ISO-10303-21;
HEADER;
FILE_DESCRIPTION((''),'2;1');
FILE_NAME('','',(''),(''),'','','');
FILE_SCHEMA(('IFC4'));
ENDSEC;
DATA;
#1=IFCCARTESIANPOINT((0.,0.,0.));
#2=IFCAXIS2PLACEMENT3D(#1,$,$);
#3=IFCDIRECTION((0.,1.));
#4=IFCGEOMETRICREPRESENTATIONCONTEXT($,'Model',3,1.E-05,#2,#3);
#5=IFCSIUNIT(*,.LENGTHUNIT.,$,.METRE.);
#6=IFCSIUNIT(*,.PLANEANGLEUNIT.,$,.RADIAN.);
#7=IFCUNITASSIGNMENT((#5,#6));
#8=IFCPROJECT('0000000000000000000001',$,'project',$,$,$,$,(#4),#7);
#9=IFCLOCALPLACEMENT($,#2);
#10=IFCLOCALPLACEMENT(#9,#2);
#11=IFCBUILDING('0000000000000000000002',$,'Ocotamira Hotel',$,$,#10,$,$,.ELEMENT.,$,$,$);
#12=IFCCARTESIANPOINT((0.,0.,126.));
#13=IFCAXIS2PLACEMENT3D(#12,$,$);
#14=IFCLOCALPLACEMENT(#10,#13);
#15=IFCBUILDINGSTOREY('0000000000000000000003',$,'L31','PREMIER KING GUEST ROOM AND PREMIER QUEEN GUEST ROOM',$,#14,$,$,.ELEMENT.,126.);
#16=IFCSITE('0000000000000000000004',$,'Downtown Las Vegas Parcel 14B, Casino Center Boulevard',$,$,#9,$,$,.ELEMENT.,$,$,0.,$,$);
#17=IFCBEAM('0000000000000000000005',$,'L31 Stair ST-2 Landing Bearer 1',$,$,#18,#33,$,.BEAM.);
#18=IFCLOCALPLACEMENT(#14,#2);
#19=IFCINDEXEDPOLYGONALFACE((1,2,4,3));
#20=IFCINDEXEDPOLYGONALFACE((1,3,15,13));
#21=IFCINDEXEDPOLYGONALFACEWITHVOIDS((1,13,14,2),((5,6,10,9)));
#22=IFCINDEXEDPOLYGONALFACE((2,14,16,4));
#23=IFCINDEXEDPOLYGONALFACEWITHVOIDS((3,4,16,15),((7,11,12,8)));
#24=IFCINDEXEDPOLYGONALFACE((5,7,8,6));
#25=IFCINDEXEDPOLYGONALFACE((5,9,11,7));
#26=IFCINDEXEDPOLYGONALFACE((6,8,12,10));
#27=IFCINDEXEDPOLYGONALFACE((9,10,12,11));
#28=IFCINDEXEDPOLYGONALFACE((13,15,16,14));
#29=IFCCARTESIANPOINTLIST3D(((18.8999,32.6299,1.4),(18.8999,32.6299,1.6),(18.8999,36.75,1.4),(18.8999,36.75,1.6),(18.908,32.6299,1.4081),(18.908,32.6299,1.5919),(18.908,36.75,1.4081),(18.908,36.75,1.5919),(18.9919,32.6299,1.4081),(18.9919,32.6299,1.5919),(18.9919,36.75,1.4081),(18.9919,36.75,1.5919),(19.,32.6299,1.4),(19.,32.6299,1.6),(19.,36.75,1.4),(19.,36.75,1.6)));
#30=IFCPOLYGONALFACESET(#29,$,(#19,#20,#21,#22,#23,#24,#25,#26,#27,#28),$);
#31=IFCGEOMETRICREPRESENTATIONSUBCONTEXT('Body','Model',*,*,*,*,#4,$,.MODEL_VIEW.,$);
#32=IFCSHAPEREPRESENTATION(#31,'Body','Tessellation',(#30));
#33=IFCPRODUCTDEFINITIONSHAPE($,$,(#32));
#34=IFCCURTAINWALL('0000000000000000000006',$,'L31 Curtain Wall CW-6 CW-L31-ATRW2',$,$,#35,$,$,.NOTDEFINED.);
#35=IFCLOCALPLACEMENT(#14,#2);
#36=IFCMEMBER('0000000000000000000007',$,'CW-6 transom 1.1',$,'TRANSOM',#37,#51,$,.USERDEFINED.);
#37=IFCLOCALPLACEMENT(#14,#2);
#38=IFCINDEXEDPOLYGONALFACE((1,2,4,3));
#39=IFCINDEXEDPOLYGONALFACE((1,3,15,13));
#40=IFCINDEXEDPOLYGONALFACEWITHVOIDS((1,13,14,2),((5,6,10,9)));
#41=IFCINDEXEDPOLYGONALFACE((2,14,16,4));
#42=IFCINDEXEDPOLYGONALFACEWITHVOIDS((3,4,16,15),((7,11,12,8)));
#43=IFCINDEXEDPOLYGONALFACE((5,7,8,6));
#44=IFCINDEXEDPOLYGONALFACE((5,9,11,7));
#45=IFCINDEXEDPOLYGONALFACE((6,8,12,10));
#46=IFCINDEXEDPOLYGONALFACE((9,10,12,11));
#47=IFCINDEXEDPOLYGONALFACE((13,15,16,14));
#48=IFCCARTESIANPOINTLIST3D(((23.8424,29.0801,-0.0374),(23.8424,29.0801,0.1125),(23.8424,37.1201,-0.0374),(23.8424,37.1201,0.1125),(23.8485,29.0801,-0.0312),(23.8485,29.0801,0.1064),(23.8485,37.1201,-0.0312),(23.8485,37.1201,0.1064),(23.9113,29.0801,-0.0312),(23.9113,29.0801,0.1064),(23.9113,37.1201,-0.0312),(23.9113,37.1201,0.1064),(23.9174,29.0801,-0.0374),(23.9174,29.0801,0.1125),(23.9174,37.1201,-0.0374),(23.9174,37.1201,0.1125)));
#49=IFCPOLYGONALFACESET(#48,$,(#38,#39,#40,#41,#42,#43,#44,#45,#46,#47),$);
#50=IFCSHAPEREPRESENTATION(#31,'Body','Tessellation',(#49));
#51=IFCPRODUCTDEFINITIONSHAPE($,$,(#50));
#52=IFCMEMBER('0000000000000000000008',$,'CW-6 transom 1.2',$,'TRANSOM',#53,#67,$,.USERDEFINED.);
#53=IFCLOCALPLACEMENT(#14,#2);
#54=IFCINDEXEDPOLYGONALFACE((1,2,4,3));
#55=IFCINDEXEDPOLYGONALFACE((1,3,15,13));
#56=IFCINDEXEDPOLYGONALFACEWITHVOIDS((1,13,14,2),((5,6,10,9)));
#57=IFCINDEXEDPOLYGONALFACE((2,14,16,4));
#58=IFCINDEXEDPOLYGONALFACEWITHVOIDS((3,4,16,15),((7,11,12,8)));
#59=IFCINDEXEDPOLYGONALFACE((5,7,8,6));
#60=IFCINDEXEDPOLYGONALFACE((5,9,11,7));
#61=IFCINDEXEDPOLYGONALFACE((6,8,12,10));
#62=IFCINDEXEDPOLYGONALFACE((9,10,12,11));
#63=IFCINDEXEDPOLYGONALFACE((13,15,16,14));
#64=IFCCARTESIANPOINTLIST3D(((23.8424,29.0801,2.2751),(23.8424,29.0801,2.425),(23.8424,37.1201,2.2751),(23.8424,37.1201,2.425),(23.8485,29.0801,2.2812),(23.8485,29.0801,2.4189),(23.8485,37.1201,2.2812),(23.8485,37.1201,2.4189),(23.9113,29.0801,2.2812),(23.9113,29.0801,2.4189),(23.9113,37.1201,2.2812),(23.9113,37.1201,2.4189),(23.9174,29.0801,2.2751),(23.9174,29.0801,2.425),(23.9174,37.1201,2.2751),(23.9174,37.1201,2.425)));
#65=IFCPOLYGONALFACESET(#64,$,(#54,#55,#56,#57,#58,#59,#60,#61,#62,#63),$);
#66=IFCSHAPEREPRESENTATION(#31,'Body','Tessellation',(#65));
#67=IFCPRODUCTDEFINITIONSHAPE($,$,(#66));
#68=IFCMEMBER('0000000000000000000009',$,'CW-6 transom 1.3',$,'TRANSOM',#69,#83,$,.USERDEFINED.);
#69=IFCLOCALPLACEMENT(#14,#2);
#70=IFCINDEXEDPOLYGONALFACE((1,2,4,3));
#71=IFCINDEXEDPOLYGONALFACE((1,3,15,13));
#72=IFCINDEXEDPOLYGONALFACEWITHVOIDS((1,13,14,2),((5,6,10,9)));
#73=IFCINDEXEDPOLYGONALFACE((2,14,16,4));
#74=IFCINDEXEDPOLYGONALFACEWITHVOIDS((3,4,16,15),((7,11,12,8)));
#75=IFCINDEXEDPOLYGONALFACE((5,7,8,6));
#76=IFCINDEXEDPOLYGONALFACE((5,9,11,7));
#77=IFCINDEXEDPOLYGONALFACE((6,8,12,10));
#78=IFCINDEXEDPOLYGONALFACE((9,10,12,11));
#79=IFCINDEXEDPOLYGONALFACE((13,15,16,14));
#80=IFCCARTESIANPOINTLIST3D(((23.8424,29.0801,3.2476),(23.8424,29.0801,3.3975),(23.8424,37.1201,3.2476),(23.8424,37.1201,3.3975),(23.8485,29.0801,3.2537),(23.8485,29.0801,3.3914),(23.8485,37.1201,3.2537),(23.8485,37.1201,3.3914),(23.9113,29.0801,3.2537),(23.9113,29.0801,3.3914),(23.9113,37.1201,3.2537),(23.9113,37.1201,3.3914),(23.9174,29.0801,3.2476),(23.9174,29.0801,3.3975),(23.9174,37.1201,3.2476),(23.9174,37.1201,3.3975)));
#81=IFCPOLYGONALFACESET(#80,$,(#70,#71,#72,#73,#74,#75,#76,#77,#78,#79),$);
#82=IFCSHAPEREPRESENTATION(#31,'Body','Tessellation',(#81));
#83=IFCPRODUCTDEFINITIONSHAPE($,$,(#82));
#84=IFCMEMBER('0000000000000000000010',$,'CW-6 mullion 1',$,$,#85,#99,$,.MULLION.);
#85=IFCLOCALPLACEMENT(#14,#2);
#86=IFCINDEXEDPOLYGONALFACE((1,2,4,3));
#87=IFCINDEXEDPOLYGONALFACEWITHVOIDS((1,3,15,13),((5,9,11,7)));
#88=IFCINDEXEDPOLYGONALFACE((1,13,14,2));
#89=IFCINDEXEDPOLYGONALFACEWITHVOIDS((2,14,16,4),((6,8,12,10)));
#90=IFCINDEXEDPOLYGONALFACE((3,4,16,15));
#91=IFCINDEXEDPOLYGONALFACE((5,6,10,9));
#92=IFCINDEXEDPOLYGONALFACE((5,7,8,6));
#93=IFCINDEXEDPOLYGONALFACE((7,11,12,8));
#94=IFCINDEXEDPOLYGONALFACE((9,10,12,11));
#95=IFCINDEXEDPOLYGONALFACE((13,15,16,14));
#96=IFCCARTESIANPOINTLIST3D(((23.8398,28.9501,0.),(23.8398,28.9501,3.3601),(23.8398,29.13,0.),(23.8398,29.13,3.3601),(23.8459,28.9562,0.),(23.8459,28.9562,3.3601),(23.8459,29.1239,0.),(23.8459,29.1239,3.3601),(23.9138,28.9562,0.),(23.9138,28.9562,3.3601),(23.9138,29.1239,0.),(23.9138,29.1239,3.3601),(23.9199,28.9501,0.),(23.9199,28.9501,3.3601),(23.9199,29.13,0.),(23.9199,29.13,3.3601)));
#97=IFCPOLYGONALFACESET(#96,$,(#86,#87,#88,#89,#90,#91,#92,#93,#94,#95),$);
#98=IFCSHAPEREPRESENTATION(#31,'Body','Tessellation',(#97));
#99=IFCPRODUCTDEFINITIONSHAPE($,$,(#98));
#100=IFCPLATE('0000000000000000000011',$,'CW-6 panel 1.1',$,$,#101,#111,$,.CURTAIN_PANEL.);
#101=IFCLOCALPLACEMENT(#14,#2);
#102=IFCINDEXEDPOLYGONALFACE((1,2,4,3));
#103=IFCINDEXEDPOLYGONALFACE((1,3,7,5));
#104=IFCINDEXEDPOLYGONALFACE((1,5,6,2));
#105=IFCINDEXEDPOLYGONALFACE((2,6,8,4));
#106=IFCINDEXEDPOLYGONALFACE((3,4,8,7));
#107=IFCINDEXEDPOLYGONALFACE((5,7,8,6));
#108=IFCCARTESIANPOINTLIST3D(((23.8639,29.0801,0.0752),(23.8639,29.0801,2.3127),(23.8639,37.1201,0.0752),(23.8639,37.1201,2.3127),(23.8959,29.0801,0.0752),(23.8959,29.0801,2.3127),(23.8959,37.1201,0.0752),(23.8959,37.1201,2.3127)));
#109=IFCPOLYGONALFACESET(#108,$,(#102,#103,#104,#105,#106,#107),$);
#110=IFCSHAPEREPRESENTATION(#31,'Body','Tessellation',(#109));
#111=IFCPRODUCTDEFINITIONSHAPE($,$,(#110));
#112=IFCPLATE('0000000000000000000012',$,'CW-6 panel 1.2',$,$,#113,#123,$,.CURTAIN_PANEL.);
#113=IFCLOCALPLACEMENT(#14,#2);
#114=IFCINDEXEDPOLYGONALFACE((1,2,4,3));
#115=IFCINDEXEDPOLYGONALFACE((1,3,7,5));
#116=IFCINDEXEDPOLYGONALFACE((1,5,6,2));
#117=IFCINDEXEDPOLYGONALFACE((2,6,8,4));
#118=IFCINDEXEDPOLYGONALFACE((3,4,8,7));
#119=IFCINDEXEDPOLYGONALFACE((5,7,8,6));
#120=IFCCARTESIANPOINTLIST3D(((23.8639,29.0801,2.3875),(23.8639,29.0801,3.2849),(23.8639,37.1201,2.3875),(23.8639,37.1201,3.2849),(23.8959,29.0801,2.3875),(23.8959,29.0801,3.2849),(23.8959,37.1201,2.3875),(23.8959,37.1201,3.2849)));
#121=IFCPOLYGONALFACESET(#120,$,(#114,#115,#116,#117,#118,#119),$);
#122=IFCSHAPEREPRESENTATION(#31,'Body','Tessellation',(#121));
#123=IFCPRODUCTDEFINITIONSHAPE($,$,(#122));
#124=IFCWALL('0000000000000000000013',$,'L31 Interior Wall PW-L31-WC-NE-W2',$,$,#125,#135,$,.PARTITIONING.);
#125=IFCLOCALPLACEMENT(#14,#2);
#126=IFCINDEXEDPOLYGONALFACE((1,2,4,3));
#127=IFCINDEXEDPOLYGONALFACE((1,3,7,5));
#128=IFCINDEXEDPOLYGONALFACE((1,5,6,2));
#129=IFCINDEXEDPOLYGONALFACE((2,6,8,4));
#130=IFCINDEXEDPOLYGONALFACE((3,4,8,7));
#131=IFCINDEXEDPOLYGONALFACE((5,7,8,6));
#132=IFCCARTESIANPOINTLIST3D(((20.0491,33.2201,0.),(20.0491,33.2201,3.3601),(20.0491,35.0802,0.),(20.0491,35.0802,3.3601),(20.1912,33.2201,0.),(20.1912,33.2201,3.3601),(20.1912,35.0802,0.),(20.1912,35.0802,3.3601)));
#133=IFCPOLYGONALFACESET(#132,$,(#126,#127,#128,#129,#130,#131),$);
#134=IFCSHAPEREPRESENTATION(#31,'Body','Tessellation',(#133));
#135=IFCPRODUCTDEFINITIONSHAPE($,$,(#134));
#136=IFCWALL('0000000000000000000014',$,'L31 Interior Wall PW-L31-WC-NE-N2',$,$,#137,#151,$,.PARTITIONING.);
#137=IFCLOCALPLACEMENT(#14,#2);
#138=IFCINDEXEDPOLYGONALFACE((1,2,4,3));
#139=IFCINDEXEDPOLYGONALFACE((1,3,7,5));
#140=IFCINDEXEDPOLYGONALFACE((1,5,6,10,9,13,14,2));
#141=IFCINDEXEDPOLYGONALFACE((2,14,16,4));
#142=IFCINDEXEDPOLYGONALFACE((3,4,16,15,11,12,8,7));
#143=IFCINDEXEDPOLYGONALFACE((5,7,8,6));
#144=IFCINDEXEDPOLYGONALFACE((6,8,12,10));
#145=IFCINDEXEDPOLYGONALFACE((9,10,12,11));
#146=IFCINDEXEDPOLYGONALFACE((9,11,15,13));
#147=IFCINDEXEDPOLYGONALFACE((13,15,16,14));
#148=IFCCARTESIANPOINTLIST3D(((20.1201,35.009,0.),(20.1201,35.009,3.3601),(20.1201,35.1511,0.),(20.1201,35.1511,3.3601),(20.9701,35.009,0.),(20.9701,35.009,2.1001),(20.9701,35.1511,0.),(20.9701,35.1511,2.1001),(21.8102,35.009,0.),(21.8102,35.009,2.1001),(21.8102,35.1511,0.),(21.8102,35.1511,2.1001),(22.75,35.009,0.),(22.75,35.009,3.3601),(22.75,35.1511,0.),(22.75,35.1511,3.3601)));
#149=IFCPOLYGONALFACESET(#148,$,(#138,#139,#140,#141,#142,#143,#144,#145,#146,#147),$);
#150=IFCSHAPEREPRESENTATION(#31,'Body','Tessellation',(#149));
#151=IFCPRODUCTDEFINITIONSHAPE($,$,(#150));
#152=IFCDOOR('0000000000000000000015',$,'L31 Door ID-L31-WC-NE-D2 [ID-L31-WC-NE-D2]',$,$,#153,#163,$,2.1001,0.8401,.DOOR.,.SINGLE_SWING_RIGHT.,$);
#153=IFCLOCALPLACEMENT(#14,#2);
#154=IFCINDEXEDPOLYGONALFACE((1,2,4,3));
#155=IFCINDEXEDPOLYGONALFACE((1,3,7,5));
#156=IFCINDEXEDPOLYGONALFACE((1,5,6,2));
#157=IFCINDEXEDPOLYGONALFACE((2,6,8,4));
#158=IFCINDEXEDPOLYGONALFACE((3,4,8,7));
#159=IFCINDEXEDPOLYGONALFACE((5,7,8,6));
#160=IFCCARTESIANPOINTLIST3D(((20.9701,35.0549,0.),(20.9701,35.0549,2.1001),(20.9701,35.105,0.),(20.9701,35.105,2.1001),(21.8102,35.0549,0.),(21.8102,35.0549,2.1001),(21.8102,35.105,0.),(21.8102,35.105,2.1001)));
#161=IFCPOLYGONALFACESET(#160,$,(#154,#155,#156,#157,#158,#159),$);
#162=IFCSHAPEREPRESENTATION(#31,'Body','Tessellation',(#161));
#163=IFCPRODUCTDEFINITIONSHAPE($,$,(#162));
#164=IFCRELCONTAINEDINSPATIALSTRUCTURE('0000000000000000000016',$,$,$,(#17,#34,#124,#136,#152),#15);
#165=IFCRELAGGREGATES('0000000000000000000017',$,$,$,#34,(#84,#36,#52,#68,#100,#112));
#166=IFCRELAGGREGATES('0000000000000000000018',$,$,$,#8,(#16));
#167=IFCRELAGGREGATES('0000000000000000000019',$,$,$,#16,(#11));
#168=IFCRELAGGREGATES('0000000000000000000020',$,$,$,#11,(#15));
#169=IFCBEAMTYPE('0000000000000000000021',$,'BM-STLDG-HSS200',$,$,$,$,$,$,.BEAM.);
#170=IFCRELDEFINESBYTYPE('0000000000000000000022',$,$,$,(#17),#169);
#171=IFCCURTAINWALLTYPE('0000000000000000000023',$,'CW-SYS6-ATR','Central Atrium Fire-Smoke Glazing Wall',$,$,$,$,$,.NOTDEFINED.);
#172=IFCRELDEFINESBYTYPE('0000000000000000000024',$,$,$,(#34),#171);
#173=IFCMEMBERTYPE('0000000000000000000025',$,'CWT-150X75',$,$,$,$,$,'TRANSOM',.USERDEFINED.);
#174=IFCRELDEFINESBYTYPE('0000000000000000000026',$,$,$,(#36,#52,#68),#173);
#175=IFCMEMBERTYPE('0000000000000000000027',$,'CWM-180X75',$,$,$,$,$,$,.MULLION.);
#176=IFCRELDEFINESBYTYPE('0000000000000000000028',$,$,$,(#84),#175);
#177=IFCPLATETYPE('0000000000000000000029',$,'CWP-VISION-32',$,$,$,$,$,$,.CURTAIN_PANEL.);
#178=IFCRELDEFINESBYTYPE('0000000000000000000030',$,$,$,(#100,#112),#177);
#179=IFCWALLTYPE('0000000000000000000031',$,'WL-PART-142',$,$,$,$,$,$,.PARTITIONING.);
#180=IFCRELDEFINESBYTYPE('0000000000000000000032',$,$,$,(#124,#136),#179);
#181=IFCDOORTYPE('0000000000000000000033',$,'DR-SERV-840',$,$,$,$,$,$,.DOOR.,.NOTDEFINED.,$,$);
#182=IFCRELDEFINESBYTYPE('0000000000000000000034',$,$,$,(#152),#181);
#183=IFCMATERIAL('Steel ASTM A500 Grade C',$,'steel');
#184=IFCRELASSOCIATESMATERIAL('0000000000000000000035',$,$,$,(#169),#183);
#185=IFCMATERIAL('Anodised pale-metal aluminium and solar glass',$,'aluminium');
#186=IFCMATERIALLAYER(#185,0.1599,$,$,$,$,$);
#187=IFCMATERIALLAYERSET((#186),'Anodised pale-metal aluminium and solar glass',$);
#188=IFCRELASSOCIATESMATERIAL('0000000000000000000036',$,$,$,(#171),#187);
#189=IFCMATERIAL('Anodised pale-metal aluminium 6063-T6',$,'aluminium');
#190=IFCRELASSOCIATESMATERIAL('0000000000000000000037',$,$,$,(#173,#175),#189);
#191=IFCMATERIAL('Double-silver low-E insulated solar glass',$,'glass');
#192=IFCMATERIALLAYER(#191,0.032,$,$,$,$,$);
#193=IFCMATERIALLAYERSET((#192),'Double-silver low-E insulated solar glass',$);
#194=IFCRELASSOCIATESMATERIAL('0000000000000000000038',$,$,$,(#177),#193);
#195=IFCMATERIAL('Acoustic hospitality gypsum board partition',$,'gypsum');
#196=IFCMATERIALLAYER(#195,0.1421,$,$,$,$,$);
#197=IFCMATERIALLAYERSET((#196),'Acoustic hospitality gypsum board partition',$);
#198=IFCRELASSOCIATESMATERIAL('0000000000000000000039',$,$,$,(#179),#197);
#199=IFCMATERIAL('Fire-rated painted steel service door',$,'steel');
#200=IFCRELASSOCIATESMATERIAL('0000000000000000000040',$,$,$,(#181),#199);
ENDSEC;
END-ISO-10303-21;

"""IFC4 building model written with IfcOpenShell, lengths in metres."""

from ifc_helpers import new_model, si_unit, direction, frame, frame_2d, origin, origin_2d, place, context, subcontext, project, spatial, rectangle, hollow_rectangle, extrude, source, transform, mapped, material, layer, layer_set, material_profile, profile_set, type_object, element, fill, aggregate, save


model = new_model("IFC4")

# Units and contexts
model_context = context("Model", 3, precision=1e-05, world=origin(), true_north=direction((0.0, 1.0)))
body_context = subcontext(model_context, "Body", "Model", "MODEL_VIEW")
ifc_project = project(units=[si_unit("LENGTHUNIT", "METRE"), si_unit("PLANEANGLEUNIT", "RADIAN")], contexts=[model_context])

# Site, building, storey
site_placement = place(None, origin())
site = spatial("IfcSite", under=ifc_project, at=site_placement, Name="Downtown Las Vegas Parcel 14B, Casino Center Boulevard", CompositionType="ELEMENT", RefElevation=0.0)
building_placement = place(site_placement, origin())
building = spatial("IfcBuilding", under=site, at=building_placement, Name="Ocotamira Hotel", CompositionType="ELEMENT")
storey_placement = place(building_placement, frame((0.0, 0.0, 126.0)))
storey = spatial("IfcBuildingStorey", under=building, at=storey_placement, Name="L31", Description="PREMIER KING GUEST ROOM AND PREMIER QUEEN GUEST ROOM", CompositionType="ELEMENT", Elevation=126.0)

# Beam
ifc_material_1 = material(Name="Steel ASTM A500 Grade C", Category="steel")
ifc_material_profile_1 = material_profile(ifc_material_1, hollow_rectangle(XDim=0.1001, YDim=0.2, WallThickness=0.0081, at=origin_2d()), Name="HSS200X100X8")
ifc_profile_set_1 = profile_set([ifc_material_profile_1], Name="Steel ASTM A500 Grade C")
beam_type = type_object("IfcBeamType", Name="BM-STLDG-HSS200", PredefinedType="BEAM", material=ifc_profile_set_1)
shared_shape_1 = source(origin(), body_context, "Body", "SweptSolid", [
    extrude(hollow_rectangle(XDim=0.1001, YDim=0.2, WallThickness=0.0081, at=origin_2d()), origin(), (0.0, 0.0, 1.0), 4.1201),
])
beam_placement = place(storey_placement, frame((18.95, 32.6299, 1.5), z_axis=(0.0, 1.0, 0.0), x_axis=(-1.0, 0.0, 0.0)))
element("IfcBeam", 1, at=beam_placement, inside=storey, type_object=beam_type, Name="L31 Stair ST-2 Landing Bearer 1", PredefinedType="BEAM", context=body_context, shape_type="MappedRepresentation", body=[
    mapped(shared_shape_1, transform((0.0, 0.0, 0.0), scale=1.0)),
])

# Curtain wall, members, plates
ifc_material_2 = material(Name="Anodised pale-metal aluminium and solar glass", Category="aluminium")
ifc_layer_1 = layer(ifc_material_2, 0.1599)
ifc_layer_set_1 = layer_set([ifc_layer_1], Name="Anodised pale-metal aluminium and solar glass")
curtain_wall_type = type_object("IfcCurtainWallType", Name="CW-SYS6-ATR", Description="Central Atrium Fire-Smoke Glazing Wall", PredefinedType="NOTDEFINED", material=ifc_layer_set_1)
curtain_wall_placement = place(storey_placement, origin())
curtain_wall = element("IfcCurtainWall", 2, at=curtain_wall_placement, inside=storey, type_object=curtain_wall_type, Name="L31 Curtain Wall CW-6 CW-L31-ATRW2", PredefinedType="NOTDEFINED")
ifc_material_3 = material(Name="Anodised pale-metal aluminium 6063-T6", Category="aluminium")
ifc_material_profile_2 = material_profile(ifc_material_3, hollow_rectangle(XDim=0.075, YDim=0.1499, WallThickness=0.0061, at=origin_2d()), Name="HSS150X75X6")
ifc_profile_set_2 = profile_set([ifc_material_profile_2], Name="Anodised pale-metal aluminium 6063-T6")
member_type_1 = type_object("IfcMemberType", Name="CWT-150X75", ElementType="TRANSOM", PredefinedType="USERDEFINED", material=ifc_profile_set_2)
shared_shape_2 = source(origin(), body_context, "Body", "SweptSolid", [
    extrude(hollow_rectangle(XDim=0.075, YDim=0.1499, WallThickness=0.0061, at=origin_2d()), origin(), (0.0, 0.0, 1.0), 8.04),
])
member_1_placement = place(storey_placement, frame((23.8799, 29.0801, 0.0376), z_axis=(0.0, 1.0, 0.0), x_axis=(-1.0, 0.0, 0.0)))
member_1 = element("IfcMember", 3, at=member_1_placement, type_object=member_type_1, Name="CW-6 transom 1.1", ObjectType="TRANSOM", PredefinedType="USERDEFINED", context=body_context, shape_type="MappedRepresentation", body=[
    mapped(shared_shape_2, transform((0.0, 0.0, 0.0), scale=1.0)),
])
member_2_placement = place(storey_placement, frame((23.8799, 29.0801, 2.3501), z_axis=(0.0, 1.0, 0.0), x_axis=(-1.0, 0.0, 0.0)))
member_2 = element("IfcMember", 4, at=member_2_placement, type_object=member_type_1, Name="CW-6 transom 1.2", ObjectType="TRANSOM", PredefinedType="USERDEFINED", context=body_context, shape_type="MappedRepresentation", body=[
    mapped(shared_shape_2, transform((0.0, 0.0, 0.0), scale=1.0)),
])
member_3_placement = place(storey_placement, frame((23.8799, 29.0801, 3.3225), z_axis=(0.0, 1.0, 0.0), x_axis=(-1.0, 0.0, 0.0)))
member_3 = element("IfcMember", 5, at=member_3_placement, type_object=member_type_1, Name="CW-6 transom 1.3", ObjectType="TRANSOM", PredefinedType="USERDEFINED", context=body_context, shape_type="MappedRepresentation", body=[
    mapped(shared_shape_2, transform((0.0, 0.0, 0.0), scale=1.0)),
])
ifc_material_profile_3 = material_profile(ifc_material_3, hollow_rectangle(XDim=0.0801, YDim=0.1799, WallThickness=0.0061, at=origin_2d()), Name="HSS180X80X6")
ifc_profile_set_3 = profile_set([ifc_material_profile_3], Name="Anodised pale-metal aluminium 6063-T6")
member_type_2 = type_object("IfcMemberType", Name="CWM-180X75", PredefinedType="MULLION", material=ifc_profile_set_3)
shared_shape_3 = source(origin(), body_context, "Body", "SweptSolid", [
    extrude(hollow_rectangle(XDim=0.0801, YDim=0.1799, WallThickness=0.0061, at=origin_2d()), origin(), (0.0, 0.0, 1.0), 3.3601),
])
member_4_placement = place(storey_placement, frame((23.8799, 29.04, 0.0), z_axis=(0.0, 0.0, 1.0), x_axis=(-1.0, 0.0, 0.0)))
member_4 = element("IfcMember", 6, at=member_4_placement, type_object=member_type_2, Name="CW-6 mullion 1", PredefinedType="MULLION", context=body_context, shape_type="MappedRepresentation", body=[
    mapped(shared_shape_3, transform((0.0, 0.0, 0.0), scale=1.0)),
])
ifc_material_4 = material(Name="Double-silver low-E insulated solar glass", Category="glass")
ifc_layer_2 = layer(ifc_material_4, 0.032)
ifc_layer_set_2 = layer_set([ifc_layer_2], Name="Double-silver low-E insulated solar glass")
plate_type = type_object("IfcPlateType", Name="CWP-VISION-32", PredefinedType="CURTAIN_PANEL", material=ifc_layer_set_2)
shared_shape_4 = source(origin(), body_context, "Body", "SweptSolid", [
    extrude(rectangle(XDim=8.04, YDim=0.032, at=origin_2d()), origin(), (0.0, 0.0, 1.0), 2.2375),
])
plate_1_placement = place(storey_placement, frame((23.8799, 33.1001, 0.0752), z_axis=(0.0, 0.0, 1.0), x_axis=(0.0, 1.0, 0.0)))
plate_1 = element("IfcPlate", 7, at=plate_1_placement, type_object=plate_type, Name="CW-6 panel 1.1", PredefinedType="CURTAIN_PANEL", context=body_context, shape_type="MappedRepresentation", body=[
    mapped(shared_shape_4, transform((0.0, 0.0, 0.0), scale=1.0)),
])
shared_shape_5 = source(origin(), body_context, "Body", "SweptSolid", [
    extrude(rectangle(XDim=8.04, YDim=0.032, at=origin_2d()), origin(), (0.0, 0.0, 1.0), 0.8975),
])
plate_2_placement = place(storey_placement, frame((23.8799, 33.1001, 2.3875), z_axis=(0.0, 0.0, 1.0), x_axis=(0.0, 1.0, 0.0)))
plate_2 = element("IfcPlate", 8, at=plate_2_placement, type_object=plate_type, Name="CW-6 panel 1.2", PredefinedType="CURTAIN_PANEL", context=body_context, shape_type="MappedRepresentation", body=[
    mapped(shared_shape_5, transform((0.0, 0.0, 0.0), scale=1.0)),
])
aggregate(curtain_wall, [member_4, member_1, member_2, member_3, plate_1, plate_2])

# Wall
ifc_material_5 = material(Name="Acoustic hospitality gypsum board partition", Category="gypsum")
ifc_layer_3 = layer(ifc_material_5, 0.1421)
ifc_layer_set_3 = layer_set([ifc_layer_3], Name="Acoustic hospitality gypsum board partition")
wall_type_1 = type_object("IfcWallType", Name="WL-PART-142", PredefinedType="PARTITIONING", material=ifc_layer_set_3)
wall_1_placement = place(storey_placement, frame((20.1201, 33.22, 0.0), z_axis=(0.0, 0.0, 1.0), x_axis=(0.0, 1.0, 0.0)))
element("IfcWall", 9, at=wall_1_placement, inside=storey, type_object=wall_type_1, Name="L31 Interior Wall PW-L31-WC-NE-W2", PredefinedType="PARTITIONING", context=body_context, shape_type="SweptSolid", body=[
    extrude(rectangle(XDim=1.8601, YDim=0.1421, at=frame_2d((0.9302, 0.0))), origin(), (0.0, 0.0, 1.0), 3.3601),
])

# Wall, opening, door
wall_2_placement = place(storey_placement, frame((20.1201, 35.0801, 0.0), z_axis=(0.0, 0.0, 1.0), x_axis=(1.0, 0.0, 0.0)))
wall_2 = element("IfcWall", 10, at=wall_2_placement, inside=storey, type_object=wall_type_1, Name="L31 Interior Wall PW-L31-WC-NE-N2", PredefinedType="PARTITIONING", context=body_context, shape_type="SweptSolid", body=[
    extrude(rectangle(XDim=2.6299, YDim=0.1421, at=frame_2d((1.3149, 0.0))), origin(), (0.0, 0.0, 1.0), 3.3601),
])
opening_1_placement = place(wall_2_placement, frame((0.8501, 0.0, 0.0)))
opening_1 = element("IfcOpeningElement", 11, at=opening_1_placement, cuts=wall_2, PredefinedType="OPENING", context=body_context, shape_type="SweptSolid", body=[
    extrude(rectangle(XDim=0.8401, YDim=2.1001, at=frame_2d((0.4199, 1.05))), frame((0.0, 0.0811, 0.0), z_axis=(0.0, -1.0, 0.0), x_axis=(1.0, 0.0, 0.0)), (0.0, 0.0, 1.0), 0.1621),
])
ifc_material_6 = material(Name="Fire-rated painted steel service door", Category="steel")
door_type_1 = type_object("IfcDoorType", Name="DR-SERV-840", OperationType="NOTDEFINED", PredefinedType="DOOR", material=ifc_material_6)
shared_shape_6 = source(origin(), body_context, "Body", "SweptSolid", [
    extrude(rectangle(XDim=0.8401, YDim=2.1001, at=frame_2d((0.4199, 1.05))), frame((0.0, 0.0249, 0.0), z_axis=(0.0, -1.0, 0.0), x_axis=(1.0, 0.0, 0.0)), (0.0, 0.0, 1.0), 0.05),
])
door_1_placement = place(opening_1_placement, origin())
door_1 = element("IfcDoor", 12, at=door_1_placement, inside=storey, type_object=door_type_1, Name="L31 Door ID-L31-WC-NE-D2 [ID-L31-WC-NE-D2]", OperationType="SINGLE_SWING_RIGHT", OverallHeight=2.1001, OverallWidth=0.8401, PredefinedType="DOOR", context=body_context, shape_type="MappedRepresentation", body=[
    mapped(shared_shape_6, transform((0.0, 0.0, 0.0), scale=1.0)),
])
fill(opening_1, door_1)

save(model, "model.ifc")
